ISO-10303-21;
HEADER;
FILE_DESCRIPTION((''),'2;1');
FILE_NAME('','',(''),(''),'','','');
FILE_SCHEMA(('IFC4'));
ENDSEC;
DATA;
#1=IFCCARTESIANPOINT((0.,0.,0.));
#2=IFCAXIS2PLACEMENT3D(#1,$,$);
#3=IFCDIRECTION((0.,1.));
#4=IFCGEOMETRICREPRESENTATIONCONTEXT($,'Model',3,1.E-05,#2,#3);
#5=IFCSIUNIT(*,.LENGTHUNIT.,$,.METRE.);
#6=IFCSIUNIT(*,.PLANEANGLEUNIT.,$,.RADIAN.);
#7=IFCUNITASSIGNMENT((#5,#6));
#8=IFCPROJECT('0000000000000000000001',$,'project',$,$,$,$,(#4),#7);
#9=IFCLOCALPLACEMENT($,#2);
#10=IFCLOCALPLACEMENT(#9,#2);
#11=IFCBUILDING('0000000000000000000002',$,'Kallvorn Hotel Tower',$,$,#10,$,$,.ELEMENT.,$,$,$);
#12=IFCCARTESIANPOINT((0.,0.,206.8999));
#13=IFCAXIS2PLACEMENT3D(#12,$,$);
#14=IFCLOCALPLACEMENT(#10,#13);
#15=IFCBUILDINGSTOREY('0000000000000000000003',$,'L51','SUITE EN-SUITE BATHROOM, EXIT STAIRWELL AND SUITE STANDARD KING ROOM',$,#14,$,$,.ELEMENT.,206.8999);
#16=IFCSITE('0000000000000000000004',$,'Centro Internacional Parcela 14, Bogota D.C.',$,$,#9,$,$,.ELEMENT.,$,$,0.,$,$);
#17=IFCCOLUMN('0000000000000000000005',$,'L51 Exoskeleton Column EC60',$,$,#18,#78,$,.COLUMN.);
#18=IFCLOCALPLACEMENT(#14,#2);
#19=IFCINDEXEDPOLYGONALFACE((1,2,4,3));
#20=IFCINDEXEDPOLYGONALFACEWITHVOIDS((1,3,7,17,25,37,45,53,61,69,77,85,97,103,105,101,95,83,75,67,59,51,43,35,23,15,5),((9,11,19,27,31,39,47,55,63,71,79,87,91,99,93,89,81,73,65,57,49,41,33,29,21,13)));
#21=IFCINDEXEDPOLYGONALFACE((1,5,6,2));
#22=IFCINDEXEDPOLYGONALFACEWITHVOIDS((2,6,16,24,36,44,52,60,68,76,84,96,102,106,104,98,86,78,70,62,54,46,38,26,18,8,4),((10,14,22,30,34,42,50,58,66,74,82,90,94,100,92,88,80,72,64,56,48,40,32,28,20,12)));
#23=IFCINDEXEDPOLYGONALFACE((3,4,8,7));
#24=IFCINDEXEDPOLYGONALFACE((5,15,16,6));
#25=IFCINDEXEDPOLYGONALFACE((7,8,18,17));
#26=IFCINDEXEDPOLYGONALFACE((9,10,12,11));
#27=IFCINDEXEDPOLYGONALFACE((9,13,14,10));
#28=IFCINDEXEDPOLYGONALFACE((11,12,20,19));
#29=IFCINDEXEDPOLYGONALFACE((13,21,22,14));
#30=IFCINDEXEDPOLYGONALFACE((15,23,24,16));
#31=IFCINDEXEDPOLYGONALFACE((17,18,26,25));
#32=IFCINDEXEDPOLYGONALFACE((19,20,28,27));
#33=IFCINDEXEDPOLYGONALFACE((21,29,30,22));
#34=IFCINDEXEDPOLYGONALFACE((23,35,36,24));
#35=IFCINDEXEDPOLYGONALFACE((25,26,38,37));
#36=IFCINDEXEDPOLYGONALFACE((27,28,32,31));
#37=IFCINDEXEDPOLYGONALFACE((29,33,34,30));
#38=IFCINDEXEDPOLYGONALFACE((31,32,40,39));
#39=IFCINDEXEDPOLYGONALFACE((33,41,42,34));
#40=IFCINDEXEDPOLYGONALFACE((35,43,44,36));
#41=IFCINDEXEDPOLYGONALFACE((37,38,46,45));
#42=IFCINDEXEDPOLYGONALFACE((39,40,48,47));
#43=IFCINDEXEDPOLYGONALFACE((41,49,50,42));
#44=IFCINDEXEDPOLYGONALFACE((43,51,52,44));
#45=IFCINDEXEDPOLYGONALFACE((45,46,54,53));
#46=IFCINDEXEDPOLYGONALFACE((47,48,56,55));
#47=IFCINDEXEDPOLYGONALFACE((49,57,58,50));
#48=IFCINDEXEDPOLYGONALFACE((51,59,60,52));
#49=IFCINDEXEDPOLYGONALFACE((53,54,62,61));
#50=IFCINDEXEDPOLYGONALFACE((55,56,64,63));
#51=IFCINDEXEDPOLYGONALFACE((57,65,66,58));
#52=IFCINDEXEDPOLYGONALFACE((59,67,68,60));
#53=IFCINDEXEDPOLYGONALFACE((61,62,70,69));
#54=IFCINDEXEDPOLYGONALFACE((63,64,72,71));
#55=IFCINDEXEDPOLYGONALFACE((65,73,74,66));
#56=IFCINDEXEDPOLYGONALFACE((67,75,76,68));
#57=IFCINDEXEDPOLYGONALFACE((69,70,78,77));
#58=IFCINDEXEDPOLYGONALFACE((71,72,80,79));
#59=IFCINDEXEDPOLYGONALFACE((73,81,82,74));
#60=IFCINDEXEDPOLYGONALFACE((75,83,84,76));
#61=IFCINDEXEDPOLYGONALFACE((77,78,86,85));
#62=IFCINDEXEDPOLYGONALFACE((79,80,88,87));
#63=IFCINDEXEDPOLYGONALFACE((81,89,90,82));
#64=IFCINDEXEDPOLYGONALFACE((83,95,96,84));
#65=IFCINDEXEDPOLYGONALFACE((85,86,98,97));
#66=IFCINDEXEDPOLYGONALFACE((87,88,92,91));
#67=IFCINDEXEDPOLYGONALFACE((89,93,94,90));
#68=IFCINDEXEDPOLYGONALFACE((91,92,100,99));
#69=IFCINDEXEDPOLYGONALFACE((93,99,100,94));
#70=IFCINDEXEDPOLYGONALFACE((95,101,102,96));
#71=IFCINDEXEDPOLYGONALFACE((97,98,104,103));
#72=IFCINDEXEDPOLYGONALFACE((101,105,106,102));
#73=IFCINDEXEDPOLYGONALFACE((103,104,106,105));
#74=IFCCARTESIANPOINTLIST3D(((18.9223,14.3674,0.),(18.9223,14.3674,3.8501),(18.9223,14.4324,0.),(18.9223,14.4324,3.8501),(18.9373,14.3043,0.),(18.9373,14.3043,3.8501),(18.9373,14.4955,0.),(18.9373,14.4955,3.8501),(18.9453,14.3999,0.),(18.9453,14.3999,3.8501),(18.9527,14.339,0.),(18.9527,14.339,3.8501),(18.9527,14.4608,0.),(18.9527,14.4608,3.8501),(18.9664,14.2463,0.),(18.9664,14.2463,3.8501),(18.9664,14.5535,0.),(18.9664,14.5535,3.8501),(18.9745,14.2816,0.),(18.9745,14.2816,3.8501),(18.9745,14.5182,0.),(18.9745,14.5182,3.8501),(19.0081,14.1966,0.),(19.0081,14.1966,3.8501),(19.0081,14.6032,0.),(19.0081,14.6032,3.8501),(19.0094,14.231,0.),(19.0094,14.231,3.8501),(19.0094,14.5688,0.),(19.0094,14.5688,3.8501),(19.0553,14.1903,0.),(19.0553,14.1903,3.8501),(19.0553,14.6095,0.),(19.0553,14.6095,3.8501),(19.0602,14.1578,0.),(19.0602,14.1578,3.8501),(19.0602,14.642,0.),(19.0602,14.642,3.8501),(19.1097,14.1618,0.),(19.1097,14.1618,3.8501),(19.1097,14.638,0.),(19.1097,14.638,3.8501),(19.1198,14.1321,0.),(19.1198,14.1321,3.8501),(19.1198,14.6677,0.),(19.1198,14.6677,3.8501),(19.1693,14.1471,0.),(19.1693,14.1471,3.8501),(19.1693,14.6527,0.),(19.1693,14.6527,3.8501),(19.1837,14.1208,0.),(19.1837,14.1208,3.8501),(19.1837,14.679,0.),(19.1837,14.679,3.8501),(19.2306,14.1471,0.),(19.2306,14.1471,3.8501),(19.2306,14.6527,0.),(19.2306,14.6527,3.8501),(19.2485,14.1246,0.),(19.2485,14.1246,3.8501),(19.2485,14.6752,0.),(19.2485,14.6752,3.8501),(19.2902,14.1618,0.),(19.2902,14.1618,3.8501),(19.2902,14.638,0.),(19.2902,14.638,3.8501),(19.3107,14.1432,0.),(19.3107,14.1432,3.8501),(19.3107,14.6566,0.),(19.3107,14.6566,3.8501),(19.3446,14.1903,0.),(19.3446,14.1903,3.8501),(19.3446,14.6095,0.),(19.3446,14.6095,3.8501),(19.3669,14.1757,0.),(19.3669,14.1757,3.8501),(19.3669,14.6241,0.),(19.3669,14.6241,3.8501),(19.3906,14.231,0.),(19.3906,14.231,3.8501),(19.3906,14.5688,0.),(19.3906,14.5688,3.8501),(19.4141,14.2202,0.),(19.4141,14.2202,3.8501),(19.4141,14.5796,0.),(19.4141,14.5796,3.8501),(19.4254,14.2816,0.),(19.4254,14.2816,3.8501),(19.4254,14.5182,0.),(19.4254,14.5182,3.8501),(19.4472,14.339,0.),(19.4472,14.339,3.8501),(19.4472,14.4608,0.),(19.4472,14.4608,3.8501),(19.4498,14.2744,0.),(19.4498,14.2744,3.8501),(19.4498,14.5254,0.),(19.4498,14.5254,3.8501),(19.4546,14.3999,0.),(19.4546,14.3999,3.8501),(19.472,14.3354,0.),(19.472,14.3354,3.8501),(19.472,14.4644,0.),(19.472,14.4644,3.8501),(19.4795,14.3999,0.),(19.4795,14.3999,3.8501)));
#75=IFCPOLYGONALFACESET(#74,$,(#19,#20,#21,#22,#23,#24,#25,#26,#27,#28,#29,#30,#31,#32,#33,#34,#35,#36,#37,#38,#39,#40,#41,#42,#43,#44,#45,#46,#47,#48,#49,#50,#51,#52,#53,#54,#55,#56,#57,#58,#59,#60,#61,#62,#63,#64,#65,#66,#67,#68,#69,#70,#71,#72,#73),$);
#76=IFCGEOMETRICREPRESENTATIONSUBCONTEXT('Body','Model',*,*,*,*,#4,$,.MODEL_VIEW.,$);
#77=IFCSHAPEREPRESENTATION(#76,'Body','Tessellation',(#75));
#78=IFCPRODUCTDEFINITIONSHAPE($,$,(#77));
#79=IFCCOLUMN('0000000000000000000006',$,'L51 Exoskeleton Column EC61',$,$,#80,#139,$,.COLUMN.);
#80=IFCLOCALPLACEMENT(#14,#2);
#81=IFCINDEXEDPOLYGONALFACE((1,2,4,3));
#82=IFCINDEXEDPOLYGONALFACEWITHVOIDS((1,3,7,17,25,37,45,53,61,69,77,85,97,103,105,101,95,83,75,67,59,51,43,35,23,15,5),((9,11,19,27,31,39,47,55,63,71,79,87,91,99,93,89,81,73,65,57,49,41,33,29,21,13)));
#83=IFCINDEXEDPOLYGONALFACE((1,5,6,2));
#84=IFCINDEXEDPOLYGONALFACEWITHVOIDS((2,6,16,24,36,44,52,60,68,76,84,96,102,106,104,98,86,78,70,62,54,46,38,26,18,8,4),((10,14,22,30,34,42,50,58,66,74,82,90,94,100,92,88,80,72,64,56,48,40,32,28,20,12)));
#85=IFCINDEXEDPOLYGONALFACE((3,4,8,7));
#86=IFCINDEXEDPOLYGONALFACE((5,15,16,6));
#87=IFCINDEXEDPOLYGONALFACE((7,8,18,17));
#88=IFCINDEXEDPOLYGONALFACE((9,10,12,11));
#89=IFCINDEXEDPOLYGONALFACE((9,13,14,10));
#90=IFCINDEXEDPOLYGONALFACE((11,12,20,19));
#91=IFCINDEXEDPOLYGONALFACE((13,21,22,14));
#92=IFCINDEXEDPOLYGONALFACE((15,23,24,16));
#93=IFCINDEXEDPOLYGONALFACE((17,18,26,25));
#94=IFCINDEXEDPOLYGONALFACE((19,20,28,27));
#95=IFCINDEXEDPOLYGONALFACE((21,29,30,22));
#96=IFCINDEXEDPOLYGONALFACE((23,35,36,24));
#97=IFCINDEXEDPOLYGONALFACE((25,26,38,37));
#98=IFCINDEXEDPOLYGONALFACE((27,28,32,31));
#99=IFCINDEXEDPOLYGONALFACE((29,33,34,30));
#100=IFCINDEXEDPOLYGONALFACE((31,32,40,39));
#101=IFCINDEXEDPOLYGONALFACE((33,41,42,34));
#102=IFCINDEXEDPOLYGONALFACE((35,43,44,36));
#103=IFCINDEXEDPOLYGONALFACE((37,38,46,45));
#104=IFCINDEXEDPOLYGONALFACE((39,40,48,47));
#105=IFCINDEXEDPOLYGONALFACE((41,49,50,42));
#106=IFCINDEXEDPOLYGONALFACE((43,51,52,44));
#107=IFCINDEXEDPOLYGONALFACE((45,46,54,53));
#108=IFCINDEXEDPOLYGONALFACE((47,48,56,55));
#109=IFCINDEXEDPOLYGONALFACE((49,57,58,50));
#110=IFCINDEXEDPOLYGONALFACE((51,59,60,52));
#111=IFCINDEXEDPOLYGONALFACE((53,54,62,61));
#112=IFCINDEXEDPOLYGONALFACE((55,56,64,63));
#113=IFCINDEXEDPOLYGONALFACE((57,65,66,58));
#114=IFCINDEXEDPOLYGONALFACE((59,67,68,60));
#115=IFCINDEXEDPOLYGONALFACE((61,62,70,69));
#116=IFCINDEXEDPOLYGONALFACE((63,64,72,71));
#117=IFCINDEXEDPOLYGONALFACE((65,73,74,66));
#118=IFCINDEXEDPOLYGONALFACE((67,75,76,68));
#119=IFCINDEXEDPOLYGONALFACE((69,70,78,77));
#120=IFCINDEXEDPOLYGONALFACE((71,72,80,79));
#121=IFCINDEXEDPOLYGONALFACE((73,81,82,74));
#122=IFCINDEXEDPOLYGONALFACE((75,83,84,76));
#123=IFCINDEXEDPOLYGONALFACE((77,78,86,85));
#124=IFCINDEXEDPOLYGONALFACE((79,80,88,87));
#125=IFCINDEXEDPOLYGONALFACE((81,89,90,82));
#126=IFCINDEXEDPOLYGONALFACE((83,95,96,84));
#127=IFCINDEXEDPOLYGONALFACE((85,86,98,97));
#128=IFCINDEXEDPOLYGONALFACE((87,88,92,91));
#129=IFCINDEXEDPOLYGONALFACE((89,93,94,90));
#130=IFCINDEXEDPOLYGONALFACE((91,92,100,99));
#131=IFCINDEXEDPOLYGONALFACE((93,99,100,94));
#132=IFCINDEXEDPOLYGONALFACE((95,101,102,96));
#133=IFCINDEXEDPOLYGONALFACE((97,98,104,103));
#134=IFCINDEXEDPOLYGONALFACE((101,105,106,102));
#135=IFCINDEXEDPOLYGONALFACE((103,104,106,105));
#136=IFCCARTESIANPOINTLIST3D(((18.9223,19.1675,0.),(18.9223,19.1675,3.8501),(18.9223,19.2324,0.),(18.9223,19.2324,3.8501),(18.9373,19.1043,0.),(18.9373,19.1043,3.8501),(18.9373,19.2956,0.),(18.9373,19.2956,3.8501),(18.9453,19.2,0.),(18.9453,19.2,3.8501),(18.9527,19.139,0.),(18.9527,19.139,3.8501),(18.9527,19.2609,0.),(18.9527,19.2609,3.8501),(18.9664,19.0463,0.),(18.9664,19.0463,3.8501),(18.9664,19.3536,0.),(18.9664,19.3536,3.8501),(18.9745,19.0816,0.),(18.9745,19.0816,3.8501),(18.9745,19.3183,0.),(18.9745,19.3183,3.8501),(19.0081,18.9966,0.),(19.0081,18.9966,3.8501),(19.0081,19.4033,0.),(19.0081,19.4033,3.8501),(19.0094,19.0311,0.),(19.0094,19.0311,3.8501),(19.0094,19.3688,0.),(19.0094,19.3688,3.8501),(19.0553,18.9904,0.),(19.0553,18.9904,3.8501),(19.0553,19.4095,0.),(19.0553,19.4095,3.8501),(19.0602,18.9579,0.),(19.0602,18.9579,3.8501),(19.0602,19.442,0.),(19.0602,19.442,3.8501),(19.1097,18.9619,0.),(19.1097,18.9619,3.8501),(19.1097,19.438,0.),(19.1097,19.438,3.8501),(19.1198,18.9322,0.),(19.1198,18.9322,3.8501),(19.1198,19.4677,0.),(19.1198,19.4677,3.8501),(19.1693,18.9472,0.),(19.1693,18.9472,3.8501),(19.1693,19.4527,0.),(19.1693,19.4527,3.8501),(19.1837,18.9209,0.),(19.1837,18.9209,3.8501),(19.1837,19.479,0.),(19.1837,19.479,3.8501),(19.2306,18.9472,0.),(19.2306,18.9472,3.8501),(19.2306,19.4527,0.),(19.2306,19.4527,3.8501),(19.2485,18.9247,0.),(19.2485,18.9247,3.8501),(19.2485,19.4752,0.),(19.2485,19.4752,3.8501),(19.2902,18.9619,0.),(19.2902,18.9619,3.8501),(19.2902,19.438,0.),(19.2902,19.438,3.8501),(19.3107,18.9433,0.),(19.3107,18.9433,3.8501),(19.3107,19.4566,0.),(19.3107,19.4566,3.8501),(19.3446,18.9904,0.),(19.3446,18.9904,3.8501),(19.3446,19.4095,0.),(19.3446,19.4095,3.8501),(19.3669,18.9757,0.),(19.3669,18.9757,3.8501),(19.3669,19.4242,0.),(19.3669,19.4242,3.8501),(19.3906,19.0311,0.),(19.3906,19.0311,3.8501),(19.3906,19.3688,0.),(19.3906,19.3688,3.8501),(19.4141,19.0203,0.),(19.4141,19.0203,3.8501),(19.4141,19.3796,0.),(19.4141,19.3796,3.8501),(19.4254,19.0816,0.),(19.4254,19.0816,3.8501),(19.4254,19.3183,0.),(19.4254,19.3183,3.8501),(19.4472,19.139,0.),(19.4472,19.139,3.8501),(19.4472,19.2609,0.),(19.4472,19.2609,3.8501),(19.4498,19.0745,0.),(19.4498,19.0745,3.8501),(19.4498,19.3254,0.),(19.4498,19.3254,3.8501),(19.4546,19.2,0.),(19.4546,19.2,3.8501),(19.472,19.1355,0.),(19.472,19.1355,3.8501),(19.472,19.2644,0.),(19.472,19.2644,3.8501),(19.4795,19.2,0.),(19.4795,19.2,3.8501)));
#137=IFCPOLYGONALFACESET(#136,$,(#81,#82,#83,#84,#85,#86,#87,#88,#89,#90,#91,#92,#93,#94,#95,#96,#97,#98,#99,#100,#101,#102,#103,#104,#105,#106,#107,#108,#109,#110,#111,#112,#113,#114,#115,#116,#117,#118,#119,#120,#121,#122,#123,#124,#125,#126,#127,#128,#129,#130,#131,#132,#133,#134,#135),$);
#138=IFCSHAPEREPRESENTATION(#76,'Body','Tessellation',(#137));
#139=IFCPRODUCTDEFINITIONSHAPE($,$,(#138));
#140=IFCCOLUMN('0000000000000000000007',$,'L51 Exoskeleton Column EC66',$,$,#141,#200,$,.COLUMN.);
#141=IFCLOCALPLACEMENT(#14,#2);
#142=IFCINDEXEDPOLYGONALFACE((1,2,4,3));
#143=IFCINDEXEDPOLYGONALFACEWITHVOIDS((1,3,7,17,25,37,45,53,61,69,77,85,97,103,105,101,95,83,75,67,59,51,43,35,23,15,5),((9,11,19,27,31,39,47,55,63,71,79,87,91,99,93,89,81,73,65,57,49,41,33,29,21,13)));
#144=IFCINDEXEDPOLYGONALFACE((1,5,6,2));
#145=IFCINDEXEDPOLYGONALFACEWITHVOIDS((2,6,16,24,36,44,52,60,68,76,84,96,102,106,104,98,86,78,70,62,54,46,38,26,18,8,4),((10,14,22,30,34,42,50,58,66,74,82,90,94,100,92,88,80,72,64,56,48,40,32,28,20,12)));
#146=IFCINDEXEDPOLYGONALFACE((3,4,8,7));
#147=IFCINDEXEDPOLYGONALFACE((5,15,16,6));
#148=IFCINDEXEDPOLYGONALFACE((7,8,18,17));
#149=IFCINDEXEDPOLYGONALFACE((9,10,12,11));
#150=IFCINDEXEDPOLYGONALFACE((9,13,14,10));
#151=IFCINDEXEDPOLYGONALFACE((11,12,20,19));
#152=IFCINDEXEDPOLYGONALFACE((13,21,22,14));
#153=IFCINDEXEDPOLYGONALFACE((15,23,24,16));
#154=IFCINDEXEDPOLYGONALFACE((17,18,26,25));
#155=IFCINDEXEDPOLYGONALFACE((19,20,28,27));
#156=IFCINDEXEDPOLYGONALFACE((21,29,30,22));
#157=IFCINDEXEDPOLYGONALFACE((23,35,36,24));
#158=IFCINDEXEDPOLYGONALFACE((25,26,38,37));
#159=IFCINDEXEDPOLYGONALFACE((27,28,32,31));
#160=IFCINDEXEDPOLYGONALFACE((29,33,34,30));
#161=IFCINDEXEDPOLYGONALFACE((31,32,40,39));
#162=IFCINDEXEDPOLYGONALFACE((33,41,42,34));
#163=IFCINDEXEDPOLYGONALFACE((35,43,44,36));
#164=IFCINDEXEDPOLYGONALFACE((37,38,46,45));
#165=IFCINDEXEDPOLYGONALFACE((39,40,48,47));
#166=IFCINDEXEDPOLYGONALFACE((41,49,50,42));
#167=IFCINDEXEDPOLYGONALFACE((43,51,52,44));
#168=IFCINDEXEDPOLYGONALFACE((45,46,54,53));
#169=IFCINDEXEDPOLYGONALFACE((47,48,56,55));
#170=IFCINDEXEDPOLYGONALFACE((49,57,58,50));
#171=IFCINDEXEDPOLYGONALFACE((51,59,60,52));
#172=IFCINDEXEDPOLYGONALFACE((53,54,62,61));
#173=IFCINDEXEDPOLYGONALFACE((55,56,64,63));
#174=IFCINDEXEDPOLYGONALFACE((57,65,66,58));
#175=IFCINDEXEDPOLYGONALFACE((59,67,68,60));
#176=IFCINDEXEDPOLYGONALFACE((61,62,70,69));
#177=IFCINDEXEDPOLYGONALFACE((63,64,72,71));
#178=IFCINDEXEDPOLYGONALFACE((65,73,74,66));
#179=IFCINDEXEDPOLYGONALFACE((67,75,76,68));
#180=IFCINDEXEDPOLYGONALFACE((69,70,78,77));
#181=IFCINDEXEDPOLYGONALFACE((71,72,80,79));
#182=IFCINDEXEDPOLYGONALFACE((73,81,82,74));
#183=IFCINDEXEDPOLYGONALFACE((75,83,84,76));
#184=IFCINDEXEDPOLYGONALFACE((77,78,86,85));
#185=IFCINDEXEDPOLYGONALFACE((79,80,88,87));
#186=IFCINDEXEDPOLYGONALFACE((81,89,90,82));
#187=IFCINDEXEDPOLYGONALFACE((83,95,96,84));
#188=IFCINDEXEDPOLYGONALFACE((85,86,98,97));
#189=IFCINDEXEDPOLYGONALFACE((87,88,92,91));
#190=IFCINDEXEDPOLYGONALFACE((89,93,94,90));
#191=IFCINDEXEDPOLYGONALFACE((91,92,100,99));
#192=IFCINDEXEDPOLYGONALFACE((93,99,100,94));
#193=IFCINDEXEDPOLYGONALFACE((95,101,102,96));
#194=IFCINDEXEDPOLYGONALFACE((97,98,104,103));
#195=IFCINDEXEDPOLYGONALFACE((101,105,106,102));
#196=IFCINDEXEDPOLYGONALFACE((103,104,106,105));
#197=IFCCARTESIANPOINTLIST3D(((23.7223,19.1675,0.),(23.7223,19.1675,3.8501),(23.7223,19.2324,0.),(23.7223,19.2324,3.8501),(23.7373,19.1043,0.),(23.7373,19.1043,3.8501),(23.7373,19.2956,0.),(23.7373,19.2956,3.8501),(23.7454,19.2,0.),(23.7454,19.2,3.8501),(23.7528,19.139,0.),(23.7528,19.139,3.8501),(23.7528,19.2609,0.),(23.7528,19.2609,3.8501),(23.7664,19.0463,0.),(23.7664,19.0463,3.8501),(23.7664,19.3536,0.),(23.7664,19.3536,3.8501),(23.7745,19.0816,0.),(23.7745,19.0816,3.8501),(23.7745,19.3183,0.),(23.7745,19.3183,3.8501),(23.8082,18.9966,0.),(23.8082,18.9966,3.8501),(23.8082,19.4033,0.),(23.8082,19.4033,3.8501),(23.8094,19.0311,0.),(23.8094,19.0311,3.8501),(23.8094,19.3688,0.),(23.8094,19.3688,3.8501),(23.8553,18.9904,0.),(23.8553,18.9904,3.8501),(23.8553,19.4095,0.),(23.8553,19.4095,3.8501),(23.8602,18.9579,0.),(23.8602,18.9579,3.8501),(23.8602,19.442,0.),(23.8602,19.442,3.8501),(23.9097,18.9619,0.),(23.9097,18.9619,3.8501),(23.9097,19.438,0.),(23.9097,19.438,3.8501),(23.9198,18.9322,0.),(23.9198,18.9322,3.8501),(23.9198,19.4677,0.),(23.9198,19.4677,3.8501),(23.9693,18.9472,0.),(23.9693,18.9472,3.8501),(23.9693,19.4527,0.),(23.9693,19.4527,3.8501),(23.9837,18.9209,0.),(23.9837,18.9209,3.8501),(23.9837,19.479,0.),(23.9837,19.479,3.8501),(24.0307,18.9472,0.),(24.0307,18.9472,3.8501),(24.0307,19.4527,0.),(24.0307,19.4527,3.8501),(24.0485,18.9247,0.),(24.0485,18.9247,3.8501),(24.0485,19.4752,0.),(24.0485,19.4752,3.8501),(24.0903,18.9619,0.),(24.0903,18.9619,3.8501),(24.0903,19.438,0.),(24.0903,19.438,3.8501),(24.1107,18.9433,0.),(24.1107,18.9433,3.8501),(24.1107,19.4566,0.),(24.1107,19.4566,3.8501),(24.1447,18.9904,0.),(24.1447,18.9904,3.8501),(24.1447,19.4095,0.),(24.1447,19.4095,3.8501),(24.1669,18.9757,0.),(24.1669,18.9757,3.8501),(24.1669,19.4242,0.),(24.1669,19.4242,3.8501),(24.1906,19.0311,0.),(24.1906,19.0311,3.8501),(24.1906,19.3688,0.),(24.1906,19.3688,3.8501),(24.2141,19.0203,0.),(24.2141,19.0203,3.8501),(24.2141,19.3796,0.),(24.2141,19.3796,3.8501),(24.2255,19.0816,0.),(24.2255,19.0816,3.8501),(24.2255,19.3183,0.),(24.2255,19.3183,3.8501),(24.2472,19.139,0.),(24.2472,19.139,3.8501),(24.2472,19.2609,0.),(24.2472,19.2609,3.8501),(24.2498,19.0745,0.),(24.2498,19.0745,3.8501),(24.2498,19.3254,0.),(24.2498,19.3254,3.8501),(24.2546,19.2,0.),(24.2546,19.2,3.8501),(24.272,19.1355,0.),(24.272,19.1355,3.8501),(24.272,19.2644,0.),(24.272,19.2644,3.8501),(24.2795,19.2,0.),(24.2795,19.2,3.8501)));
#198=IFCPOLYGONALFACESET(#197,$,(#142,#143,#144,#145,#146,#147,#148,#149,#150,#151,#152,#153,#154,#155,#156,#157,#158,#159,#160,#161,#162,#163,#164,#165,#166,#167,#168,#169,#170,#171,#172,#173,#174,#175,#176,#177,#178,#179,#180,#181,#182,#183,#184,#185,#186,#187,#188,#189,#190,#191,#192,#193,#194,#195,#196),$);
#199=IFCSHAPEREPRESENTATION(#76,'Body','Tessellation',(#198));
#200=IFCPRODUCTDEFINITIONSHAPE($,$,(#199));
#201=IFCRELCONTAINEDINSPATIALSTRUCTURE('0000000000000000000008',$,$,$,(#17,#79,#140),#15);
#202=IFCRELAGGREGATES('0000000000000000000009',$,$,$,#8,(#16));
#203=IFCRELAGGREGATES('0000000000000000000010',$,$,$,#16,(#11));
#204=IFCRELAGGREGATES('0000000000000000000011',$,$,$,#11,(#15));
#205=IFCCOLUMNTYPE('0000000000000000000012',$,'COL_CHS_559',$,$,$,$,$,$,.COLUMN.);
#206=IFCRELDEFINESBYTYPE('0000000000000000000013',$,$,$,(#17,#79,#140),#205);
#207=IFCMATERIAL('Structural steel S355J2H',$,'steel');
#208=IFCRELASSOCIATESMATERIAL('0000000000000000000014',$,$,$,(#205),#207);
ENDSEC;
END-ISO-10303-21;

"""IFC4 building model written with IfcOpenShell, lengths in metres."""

from ifc_helpers import new_model, si_unit, direction, frame, origin, origin_2d, place, context, subcontext, project, spatial, hollow_circle, extrude, material, material_profile, profile_set, type_object, element, save


model = new_model("IFC4")

# Units and contexts
model_context = context("Model", 3, precision=1e-05, world=origin(), true_north=direction((0.0, 1.0)))
body_context = subcontext(model_context, "Body", "Model", "MODEL_VIEW")
ifc_project = project(units=[si_unit("LENGTHUNIT", "METRE"), si_unit("PLANEANGLEUNIT", "RADIAN")], contexts=[model_context])

# Site, building, storey
site_placement = place(None, origin())
site = spatial("IfcSite", under=ifc_project, at=site_placement, Name="Centro Internacional Parcela 14, Bogota D.C.", CompositionType="ELEMENT", RefElevation=0.0)
building_placement = place(site_placement, origin())
building = spatial("IfcBuilding", under=site, at=building_placement, Name="Kallvorn Hotel Tower", CompositionType="ELEMENT")
storey_placement = place(building_placement, frame((0.0, 0.0, 206.8999)))
storey = spatial("IfcBuildingStorey", under=building, at=storey_placement, Name="L51", Description="SUITE EN-SUITE BATHROOM, EXIT STAIRWELL AND SUITE STANDARD KING ROOM", CompositionType="ELEMENT", Elevation=206.8999)

# Columns
ifc_material_1 = material(Name="Structural steel S355J2H", Category="steel")
ifc_material_profile_1 = material_profile(ifc_material_1, hollow_circle(Radius=0.2795, WallThickness=0.0249, at=origin_2d()), Name="CHS 559x25")
ifc_profile_set_1 = profile_set([ifc_material_profile_1], Name="Structural steel S355J2H")
column_type_1 = type_object("IfcColumnType", Name="COL_CHS_559", PredefinedType="COLUMN", material=ifc_profile_set_1)
for number, where, z_axis, x_axis, name in (
    (1, (19.2, 14.3999, 0.0), (0.0, 0.0, 1.0), (1.0, 0.0, 0.0), "L51 Exoskeleton Column EC60"),
    (2, (19.2, 19.2, 0.0), (0.0, 0.0, 1.0), (1.0, 0.0, 0.0), "L51 Exoskeleton Column EC61"),
    (3, (24.0, 19.2, 0.0), (0.0, 0.0, 1.0), (1.0, 0.0, 0.0), "L51 Exoskeleton Column EC66"),
):
    element("IfcColumn", number, at=place(storey_placement, frame(where, z_axis=z_axis, x_axis=x_axis)), inside=storey, type_object=column_type_1, Name=name, PredefinedType="COLUMN", context=body_context, shape_type="SweptSolid", body=[
        extrude(hollow_circle(Radius=0.2795, WallThickness=0.0249, at=origin_2d()), origin(), (0.0, 0.0, 1.0), 3.8501),
    ])

save(model, "model.ifc")
